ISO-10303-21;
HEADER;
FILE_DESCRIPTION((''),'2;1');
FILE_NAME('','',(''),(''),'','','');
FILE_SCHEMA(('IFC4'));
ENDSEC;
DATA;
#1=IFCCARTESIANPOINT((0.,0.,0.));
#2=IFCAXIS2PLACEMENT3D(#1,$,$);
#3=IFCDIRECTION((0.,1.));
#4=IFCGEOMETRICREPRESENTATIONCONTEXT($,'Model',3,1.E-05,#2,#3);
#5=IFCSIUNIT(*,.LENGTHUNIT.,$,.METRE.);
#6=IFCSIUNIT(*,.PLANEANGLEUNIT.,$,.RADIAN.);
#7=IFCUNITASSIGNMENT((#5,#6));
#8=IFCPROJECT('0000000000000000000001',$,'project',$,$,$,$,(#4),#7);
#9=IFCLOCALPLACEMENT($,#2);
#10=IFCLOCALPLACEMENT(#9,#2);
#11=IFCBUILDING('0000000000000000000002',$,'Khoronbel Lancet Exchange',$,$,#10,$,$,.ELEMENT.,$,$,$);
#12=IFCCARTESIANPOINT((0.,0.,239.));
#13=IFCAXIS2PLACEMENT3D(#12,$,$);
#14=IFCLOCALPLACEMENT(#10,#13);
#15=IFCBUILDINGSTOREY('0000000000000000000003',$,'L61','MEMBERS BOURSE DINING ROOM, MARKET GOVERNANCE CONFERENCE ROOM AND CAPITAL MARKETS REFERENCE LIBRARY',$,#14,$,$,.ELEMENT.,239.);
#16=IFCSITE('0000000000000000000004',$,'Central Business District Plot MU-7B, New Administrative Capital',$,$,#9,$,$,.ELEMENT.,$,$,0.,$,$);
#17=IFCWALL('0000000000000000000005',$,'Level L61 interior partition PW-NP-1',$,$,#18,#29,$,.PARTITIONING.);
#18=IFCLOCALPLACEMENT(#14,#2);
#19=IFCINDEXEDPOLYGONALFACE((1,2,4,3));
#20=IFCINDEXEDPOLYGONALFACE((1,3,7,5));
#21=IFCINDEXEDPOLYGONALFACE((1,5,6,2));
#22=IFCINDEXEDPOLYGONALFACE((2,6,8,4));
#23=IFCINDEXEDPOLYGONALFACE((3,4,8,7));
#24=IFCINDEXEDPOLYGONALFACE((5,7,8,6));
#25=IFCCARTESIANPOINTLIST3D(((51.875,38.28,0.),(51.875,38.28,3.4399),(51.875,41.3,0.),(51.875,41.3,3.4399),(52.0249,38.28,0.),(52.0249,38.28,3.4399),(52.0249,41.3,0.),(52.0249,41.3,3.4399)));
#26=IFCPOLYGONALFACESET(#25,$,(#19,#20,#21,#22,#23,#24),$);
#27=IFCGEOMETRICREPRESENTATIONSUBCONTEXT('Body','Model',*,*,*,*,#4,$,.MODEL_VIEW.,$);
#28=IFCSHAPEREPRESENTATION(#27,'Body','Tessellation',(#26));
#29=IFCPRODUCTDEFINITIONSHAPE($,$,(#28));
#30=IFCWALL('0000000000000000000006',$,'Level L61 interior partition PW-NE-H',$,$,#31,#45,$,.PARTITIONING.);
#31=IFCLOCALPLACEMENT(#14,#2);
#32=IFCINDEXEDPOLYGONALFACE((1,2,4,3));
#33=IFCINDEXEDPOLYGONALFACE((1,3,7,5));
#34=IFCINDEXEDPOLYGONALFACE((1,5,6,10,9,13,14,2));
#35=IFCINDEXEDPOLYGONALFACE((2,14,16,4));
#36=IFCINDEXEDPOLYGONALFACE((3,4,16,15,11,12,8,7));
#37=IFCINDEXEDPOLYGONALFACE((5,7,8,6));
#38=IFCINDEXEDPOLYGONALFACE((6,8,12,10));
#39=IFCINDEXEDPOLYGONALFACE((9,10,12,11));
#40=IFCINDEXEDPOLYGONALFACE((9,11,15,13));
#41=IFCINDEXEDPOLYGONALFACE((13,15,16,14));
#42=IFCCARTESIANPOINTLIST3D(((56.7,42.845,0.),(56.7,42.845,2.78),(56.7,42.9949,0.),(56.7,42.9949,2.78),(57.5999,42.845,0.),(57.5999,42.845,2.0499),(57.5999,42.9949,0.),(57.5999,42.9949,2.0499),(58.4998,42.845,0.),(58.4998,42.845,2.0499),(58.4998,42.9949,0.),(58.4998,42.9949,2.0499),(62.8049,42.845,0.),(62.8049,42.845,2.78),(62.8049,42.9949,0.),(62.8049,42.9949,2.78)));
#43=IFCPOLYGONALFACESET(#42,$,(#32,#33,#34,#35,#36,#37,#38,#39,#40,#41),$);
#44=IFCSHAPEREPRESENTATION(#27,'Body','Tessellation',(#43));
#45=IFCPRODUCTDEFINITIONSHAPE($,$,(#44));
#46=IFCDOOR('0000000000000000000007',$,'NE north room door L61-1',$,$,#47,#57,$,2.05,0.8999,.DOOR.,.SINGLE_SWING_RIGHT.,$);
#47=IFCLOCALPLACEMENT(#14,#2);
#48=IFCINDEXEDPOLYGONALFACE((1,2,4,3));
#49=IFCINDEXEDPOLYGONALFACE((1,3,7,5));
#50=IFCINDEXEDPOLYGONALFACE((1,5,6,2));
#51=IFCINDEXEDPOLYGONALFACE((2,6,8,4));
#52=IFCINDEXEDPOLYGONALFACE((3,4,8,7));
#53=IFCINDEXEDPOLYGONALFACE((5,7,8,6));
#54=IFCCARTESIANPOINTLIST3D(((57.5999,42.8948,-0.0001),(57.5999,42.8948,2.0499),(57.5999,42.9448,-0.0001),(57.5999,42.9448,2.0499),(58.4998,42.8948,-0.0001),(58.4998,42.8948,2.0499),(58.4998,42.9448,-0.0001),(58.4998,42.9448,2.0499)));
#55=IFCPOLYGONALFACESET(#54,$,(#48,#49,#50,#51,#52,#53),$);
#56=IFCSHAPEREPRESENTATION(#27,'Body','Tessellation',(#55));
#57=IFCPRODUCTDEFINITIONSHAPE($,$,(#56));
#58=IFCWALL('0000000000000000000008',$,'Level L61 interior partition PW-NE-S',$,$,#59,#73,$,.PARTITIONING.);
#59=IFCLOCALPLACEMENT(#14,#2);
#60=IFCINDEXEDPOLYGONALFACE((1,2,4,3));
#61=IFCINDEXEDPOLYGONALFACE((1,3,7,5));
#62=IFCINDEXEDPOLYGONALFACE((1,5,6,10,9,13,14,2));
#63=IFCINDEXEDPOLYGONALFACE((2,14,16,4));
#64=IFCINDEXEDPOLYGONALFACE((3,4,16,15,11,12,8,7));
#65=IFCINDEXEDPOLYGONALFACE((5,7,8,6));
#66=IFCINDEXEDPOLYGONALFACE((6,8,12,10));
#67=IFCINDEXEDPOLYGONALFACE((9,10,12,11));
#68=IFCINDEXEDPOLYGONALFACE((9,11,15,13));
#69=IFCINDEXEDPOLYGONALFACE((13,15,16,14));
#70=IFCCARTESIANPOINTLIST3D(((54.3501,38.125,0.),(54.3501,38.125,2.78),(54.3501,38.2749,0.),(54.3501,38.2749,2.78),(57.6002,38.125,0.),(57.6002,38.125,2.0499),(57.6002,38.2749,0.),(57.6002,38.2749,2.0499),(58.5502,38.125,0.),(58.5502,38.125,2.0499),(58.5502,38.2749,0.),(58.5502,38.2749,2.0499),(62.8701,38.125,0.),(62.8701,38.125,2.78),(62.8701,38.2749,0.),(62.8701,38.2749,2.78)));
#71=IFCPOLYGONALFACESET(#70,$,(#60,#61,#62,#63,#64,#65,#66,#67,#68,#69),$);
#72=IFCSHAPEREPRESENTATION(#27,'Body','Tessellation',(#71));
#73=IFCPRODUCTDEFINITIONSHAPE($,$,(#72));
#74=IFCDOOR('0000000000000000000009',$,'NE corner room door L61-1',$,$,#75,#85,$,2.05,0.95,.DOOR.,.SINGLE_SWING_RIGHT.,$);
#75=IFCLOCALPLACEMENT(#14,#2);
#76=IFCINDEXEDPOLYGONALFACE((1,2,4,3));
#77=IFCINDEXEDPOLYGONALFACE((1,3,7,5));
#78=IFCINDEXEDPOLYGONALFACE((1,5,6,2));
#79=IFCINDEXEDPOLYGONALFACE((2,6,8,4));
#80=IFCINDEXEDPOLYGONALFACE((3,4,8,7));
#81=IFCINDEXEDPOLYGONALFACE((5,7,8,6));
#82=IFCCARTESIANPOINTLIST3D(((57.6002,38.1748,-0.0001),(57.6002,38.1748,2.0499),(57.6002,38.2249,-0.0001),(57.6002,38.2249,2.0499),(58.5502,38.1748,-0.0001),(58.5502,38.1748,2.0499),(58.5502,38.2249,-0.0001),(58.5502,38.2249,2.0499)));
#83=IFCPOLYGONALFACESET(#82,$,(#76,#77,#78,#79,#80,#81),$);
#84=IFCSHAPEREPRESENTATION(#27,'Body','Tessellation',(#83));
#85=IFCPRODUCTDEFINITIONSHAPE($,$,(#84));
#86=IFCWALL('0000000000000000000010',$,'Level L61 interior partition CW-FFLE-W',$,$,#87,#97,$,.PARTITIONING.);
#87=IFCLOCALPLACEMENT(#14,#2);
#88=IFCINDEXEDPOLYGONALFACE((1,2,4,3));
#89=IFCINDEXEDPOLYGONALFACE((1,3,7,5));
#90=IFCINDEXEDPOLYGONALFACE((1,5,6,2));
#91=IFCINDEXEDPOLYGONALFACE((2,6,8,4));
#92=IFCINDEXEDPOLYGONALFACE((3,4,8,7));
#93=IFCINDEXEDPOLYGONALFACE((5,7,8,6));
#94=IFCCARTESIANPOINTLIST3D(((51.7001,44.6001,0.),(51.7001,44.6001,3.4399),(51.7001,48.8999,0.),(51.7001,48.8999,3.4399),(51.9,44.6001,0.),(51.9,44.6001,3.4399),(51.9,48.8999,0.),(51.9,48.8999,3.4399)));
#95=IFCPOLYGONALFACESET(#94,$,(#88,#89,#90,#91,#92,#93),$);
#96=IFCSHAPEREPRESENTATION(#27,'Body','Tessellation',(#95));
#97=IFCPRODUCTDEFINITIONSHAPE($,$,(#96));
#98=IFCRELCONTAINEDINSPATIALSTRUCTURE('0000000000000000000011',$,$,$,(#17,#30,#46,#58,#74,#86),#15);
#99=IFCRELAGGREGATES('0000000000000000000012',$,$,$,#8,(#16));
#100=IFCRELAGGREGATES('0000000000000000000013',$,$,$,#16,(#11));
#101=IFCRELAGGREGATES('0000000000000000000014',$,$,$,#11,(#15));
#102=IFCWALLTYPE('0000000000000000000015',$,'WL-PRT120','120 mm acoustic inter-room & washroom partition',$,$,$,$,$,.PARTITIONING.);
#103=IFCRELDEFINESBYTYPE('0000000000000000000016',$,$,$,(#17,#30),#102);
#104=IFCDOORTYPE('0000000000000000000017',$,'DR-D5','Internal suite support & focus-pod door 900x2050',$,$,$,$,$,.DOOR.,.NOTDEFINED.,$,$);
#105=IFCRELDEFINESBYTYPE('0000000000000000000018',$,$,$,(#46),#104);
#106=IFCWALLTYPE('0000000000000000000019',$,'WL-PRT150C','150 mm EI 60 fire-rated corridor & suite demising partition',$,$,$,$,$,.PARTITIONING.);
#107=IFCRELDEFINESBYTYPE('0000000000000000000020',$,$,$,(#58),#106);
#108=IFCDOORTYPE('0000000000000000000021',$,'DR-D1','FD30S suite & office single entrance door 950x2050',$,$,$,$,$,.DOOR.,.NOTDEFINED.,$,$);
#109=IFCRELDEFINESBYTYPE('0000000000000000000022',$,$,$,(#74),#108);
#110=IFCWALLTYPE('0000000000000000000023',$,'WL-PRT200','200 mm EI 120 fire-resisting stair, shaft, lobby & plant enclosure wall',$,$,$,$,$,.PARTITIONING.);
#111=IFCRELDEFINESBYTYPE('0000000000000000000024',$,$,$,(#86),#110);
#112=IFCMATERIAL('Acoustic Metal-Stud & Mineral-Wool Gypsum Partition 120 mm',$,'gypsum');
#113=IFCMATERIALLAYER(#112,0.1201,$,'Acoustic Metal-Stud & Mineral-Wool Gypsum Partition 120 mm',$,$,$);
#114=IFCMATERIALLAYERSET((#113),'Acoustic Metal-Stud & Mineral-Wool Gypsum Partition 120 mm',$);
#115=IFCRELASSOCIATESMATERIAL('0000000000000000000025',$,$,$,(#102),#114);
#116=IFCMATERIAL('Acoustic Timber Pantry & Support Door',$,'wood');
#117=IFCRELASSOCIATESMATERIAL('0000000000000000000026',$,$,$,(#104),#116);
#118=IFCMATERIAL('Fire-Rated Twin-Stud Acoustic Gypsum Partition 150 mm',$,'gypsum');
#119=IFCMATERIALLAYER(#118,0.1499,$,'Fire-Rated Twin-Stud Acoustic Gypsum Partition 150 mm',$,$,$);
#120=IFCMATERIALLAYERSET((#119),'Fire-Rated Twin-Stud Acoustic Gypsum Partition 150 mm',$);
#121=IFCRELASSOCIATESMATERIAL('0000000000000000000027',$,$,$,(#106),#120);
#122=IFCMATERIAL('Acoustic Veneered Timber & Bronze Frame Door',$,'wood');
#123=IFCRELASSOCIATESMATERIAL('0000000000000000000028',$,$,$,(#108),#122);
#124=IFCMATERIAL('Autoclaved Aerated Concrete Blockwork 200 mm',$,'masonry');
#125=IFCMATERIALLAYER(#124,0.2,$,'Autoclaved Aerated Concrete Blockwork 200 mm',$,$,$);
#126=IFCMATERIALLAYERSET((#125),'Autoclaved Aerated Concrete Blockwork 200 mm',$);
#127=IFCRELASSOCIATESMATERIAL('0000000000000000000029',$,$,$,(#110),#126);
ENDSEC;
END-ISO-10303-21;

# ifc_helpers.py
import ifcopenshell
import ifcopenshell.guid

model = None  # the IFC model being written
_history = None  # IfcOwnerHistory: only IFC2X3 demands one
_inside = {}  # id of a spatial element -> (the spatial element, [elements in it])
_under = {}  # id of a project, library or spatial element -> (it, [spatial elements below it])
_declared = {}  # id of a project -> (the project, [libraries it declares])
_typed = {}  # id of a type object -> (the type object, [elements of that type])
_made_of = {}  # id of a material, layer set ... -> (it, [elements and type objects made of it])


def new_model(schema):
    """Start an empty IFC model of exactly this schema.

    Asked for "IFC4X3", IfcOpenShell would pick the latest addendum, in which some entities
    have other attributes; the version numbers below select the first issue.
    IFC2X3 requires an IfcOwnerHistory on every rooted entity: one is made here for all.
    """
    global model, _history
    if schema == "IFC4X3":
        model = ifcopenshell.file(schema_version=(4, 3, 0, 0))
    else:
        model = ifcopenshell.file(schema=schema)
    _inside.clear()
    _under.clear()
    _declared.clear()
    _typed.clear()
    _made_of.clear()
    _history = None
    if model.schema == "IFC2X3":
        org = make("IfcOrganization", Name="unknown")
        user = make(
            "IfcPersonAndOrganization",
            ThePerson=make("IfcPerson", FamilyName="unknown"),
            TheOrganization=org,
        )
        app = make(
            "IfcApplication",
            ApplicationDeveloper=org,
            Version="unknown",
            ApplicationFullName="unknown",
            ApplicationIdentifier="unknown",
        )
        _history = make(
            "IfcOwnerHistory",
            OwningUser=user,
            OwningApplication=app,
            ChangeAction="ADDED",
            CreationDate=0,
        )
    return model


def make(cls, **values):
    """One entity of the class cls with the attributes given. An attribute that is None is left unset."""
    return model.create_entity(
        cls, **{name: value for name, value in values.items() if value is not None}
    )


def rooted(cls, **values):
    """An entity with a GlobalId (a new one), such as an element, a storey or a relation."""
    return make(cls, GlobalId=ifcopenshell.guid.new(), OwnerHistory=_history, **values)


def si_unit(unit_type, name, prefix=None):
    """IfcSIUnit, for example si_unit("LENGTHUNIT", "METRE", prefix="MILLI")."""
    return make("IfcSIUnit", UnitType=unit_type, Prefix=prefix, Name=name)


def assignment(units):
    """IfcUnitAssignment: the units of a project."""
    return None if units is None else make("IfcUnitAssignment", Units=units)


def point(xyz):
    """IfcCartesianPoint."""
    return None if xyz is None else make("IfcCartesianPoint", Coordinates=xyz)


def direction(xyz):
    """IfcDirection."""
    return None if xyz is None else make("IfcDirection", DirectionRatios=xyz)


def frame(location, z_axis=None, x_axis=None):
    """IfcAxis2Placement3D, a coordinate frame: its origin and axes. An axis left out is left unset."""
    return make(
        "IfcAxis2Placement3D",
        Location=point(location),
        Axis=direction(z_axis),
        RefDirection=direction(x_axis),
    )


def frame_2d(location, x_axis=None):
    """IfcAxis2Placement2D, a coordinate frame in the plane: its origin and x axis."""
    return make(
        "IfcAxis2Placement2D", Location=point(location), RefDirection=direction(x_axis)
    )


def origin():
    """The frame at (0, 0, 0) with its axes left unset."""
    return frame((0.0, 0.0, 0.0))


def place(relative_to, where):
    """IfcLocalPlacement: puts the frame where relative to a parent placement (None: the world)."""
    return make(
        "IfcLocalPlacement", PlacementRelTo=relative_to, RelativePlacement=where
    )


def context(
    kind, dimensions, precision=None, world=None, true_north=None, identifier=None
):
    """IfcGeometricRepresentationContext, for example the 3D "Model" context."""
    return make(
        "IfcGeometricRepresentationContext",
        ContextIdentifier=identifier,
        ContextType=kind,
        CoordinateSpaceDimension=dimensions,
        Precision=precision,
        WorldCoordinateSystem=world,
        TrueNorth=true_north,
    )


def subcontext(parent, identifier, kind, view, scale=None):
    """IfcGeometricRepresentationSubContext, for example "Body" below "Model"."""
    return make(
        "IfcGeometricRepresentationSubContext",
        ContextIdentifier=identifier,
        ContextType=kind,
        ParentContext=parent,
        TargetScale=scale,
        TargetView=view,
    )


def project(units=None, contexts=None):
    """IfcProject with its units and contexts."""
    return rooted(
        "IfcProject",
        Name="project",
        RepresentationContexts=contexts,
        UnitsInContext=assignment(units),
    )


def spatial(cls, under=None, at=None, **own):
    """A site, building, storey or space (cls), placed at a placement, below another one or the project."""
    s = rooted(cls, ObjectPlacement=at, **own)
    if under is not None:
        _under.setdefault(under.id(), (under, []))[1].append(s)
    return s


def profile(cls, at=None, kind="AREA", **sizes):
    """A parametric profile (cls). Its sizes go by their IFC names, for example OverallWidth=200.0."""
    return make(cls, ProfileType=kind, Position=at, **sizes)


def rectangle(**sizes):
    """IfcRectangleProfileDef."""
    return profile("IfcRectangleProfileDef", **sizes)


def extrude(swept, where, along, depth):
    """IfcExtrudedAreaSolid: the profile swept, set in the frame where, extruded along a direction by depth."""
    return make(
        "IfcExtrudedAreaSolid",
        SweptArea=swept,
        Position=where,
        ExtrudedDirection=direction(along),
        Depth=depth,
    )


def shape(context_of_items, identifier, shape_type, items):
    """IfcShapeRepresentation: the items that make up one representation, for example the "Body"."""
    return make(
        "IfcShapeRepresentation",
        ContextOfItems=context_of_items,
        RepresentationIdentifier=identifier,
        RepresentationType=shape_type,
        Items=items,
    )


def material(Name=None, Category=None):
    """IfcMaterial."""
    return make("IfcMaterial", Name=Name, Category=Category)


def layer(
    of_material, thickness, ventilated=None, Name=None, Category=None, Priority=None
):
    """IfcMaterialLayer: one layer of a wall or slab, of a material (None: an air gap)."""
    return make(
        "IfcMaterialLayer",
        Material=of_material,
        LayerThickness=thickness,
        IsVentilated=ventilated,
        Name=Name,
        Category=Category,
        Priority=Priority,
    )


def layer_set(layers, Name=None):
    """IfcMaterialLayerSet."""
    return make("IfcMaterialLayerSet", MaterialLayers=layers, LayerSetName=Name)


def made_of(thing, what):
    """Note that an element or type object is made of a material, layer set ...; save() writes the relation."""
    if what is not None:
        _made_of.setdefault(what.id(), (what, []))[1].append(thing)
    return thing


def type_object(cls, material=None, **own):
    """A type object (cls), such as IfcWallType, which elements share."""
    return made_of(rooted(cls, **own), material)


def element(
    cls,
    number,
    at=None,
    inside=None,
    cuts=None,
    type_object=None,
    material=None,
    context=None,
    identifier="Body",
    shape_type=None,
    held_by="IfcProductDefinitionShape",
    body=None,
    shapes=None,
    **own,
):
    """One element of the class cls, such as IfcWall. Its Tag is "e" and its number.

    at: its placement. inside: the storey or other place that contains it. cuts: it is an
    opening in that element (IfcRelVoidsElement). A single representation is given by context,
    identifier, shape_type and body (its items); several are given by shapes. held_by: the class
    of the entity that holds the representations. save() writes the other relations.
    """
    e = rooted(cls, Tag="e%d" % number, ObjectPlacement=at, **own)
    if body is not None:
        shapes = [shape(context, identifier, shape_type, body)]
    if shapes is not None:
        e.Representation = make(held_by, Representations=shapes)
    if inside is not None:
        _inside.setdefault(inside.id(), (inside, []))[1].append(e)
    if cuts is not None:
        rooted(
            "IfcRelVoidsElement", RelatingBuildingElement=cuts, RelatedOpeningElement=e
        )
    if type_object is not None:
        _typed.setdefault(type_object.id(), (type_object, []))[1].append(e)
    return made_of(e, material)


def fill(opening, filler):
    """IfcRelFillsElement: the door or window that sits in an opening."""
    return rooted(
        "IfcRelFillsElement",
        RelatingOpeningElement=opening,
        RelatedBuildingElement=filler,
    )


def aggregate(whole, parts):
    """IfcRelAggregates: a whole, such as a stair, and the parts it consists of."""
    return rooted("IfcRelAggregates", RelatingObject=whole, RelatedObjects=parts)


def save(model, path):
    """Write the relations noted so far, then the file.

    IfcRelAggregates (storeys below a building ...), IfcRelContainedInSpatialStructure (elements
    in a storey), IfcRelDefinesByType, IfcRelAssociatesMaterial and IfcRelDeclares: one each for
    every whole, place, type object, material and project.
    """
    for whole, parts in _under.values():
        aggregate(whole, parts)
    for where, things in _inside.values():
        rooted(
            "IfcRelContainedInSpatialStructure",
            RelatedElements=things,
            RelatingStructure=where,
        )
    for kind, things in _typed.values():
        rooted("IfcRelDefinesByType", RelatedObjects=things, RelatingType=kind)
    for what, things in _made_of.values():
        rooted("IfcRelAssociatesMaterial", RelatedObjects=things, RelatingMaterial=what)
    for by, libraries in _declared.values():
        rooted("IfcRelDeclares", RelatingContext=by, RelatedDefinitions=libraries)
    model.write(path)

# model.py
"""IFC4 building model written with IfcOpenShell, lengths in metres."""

from ifc_helpers import new_model, si_unit, direction, frame, frame_2d, origin, place, context, subcontext, project, spatial, rectangle, extrude, material, layer, layer_set, type_object, element, fill, save


model = new_model("IFC4")

# Units and contexts
model_context = context("Model", 3, precision=1e-05, world=origin(), true_north=direction((0.0, 1.0)))
body_context = subcontext(model_context, "Body", "Model", "MODEL_VIEW")
ifc_project = project(units=[si_unit("LENGTHUNIT", "METRE"), si_unit("PLANEANGLEUNIT", "RADIAN")], contexts=[model_context])

# Site, building, storey
site_placement = place(None, origin())
site = spatial("IfcSite", under=ifc_project, at=site_placement, Name="Central Business District Plot MU-7B, New Administrative Capital", CompositionType="ELEMENT", RefElevation=0.0)
building_placement = place(site_placement, origin())
building = spatial("IfcBuilding", under=site, at=building_placement, Name="Khoronbel Lancet Exchange", CompositionType="ELEMENT")
storey_placement = place(building_placement, frame((0.0, 0.0, 239.0)))
storey = spatial("IfcBuildingStorey", under=building, at=storey_placement, Name="L61", Description="MEMBERS BOURSE DINING ROOM, MARKET GOVERNANCE CONFERENCE ROOM AND CAPITAL MARKETS REFERENCE LIBRARY", CompositionType="ELEMENT", Elevation=239.0)

# Wall
ifc_material_1 = material(Name="Acoustic Metal-Stud & Mineral-Wool Gypsum Partition 120 mm", Category="gypsum")
ifc_layer_1 = layer(ifc_material_1, 0.1201, Name="Acoustic Metal-Stud & Mineral-Wool Gypsum Partition 120 mm")
ifc_layer_set_1 = layer_set([ifc_layer_1], Name="Acoustic Metal-Stud & Mineral-Wool Gypsum Partition 120 mm")
wall_type_1 = type_object("IfcWallType", Name="WL-PRT120", Description="120 mm acoustic inter-room & washroom partition", PredefinedType="PARTITIONING", material=ifc_layer_set_1)
wall_1_placement = place(storey_placement, frame((51.95, 38.28, 0.0), z_axis=(0.0, 0.0, 1.0), x_axis=(0.0, 1.0, 0.0)))
element("IfcWall", 1, at=wall_1_placement, inside=storey, type_object=wall_type_1, Name="Level L61 interior partition PW-NP-1", PredefinedType="PARTITIONING", context=body_context, shape_type="SweptSolid", body=[
    extrude(rectangle(XDim=3.02, YDim=0.1499, at=frame_2d((1.51, 0.0))), origin(), (0.0, 0.0, 1.0), 3.4399),
])

# Walls, openings, doors
wall_2_placement = place(storey_placement, frame((56.7, 42.9199, 0.0), z_axis=(0.0, 0.0, 1.0), x_axis=(1.0, 0.0, 0.0)))
wall_2 = element("IfcWall", 2, at=wall_2_placement, inside=storey, type_object=wall_type_1, Name="Level L61 interior partition PW-NE-H", PredefinedType="PARTITIONING", context=body_context, shape_type="SweptSolid", body=[
    extrude(rectangle(XDim=6.105, YDim=0.1499, at=frame_2d((3.0525, 0.0))), origin(), (0.0, 0.0, 1.0), 2.78),
])
opening_1_placement = place(wall_2_placement, frame((0.8999, 0.0, 0.0)))
opening_1 = element("IfcOpeningElement", 3, at=opening_1_placement, cuts=wall_2, PredefinedType="OPENING", context=body_context, shape_type="SweptSolid", body=[
    extrude(rectangle(XDim=0.8999, YDim=2.05, at=frame_2d((0.45, 1.0249))), frame((0.0, 0.085, 0.0), z_axis=(0.0, -1.0, 0.0), x_axis=(1.0, 0.0, 0.0)), (0.0, 0.0, 1.0), 0.1699),
])
ifc_material_2 = material(Name="Acoustic Timber Pantry & Support Door", Category="wood")
door_type_1 = type_object("IfcDoorType", Name="DR-D5", Description="Internal suite support & focus-pod door 900x2050", OperationType="NOTDEFINED", PredefinedType="DOOR", material=ifc_material_2)
door_1_placement = place(opening_1_placement, origin())
door_1 = element("IfcDoor", 4, at=door_1_placement, inside=storey, type_object=door_type_1, Name="NE north room door L61-1", OperationType="SINGLE_SWING_RIGHT", OverallHeight=2.05, OverallWidth=0.8999, PredefinedType="DOOR", context=body_context, shape_type="SweptSolid", body=[
    extrude(rectangle(XDim=0.8999, YDim=2.05, at=frame_2d((0.45, 1.0249))), frame((0.0, 0.0249, 0.0), z_axis=(0.0, -1.0, 0.0), x_axis=(1.0, 0.0, 0.0)), (0.0, 0.0, 1.0), 0.05),
])
fill(opening_1, door_1)
ifc_material_3 = material(Name="Fire-Rated Twin-Stud Acoustic Gypsum Partition 150 mm", Category="gypsum")
ifc_layer_2 = layer(ifc_material_3, 0.1499, Name="Fire-Rated Twin-Stud Acoustic Gypsum Partition 150 mm")
ifc_layer_set_2 = layer_set([ifc_layer_2], Name="Fire-Rated Twin-Stud Acoustic Gypsum Partition 150 mm")
wall_type_2 = type_object("IfcWallType", Name="WL-PRT150C", Description="150 mm EI 60 fire-rated corridor & suite demising partition", PredefinedType="PARTITIONING", material=ifc_layer_set_2)
wall_3_placement = place(storey_placement, frame((54.3501, 38.2, 0.0), z_axis=(0.0, 0.0, 1.0), x_axis=(1.0, 0.0, 0.0)))
wall_3 = element("IfcWall", 5, at=wall_3_placement, inside=storey, type_object=wall_type_2, Name="Level L61 interior partition PW-NE-S", PredefinedType="PARTITIONING", context=body_context, shape_type="SweptSolid", body=[
    extrude(rectangle(XDim=8.52, YDim=0.1499, at=frame_2d((4.26, 0.0))), origin(), (0.0, 0.0, 1.0), 2.78),
])
opening_2_placement = place(wall_3_placement, frame((3.25, 0.0, 0.0)))
opening_2 = element("IfcOpeningElement", 6, at=opening_2_placement, cuts=wall_3, PredefinedType="OPENING", context=body_context, shape_type="SweptSolid", body=[
    extrude(rectangle(XDim=0.95, YDim=2.05, at=frame_2d((0.4751, 1.0249))), frame((0.0, 0.085, 0.0), z_axis=(0.0, -1.0, 0.0), x_axis=(1.0, 0.0, 0.0)), (0.0, 0.0, 1.0), 0.1699),
])
ifc_material_4 = material(Name="Acoustic Veneered Timber & Bronze Frame Door", Category="wood")
door_type_2 = type_object("IfcDoorType", Name="DR-D1", Description="FD30S suite & office single entrance door 950x2050", OperationType="NOTDEFINED", PredefinedType="DOOR", material=ifc_material_4)
door_2_placement = place(opening_2_placement, origin())
door_2 = element("IfcDoor", 7, at=door_2_placement, inside=storey, type_object=door_type_2, Name="NE corner room door L61-1", OperationType="SINGLE_SWING_RIGHT", OverallHeight=2.05, OverallWidth=0.95, PredefinedType="DOOR", context=body_context, shape_type="SweptSolid", body=[
    extrude(rectangle(XDim=0.95, YDim=2.05, at=frame_2d((0.4751, 1.0249))), frame((0.0, 0.0249, 0.0), z_axis=(0.0, -1.0, 0.0), x_axis=(1.0, 0.0, 0.0)), (0.0, 0.0, 1.0), 0.05),
])
fill(opening_2, door_2)

# Wall
ifc_material_5 = material(Name="Autoclaved Aerated Concrete Blockwork 200 mm", Category="masonry")
ifc_layer_3 = layer(ifc_material_5, 0.2, Name="Autoclaved Aerated Concrete Blockwork 200 mm")
ifc_layer_set_3 = layer_set([ifc_layer_3], Name="Autoclaved Aerated Concrete Blockwork 200 mm")
wall_type_3 = type_object("IfcWallType", Name="WL-PRT200", Description="200 mm EI 120 fire-resisting stair, shaft, lobby & plant enclosure wall", PredefinedType="PARTITIONING", material=ifc_layer_set_3)
wall_4_placement = place(storey_placement, frame((51.8, 44.6001, 0.0), z_axis=(0.0, 0.0, 1.0), x_axis=(0.0, 1.0, 0.0)))
element("IfcWall", 8, at=wall_4_placement, inside=storey, type_object=wall_type_3, Name="Level L61 interior partition CW-FFLE-W", PredefinedType="PARTITIONING", context=body_context, shape_type="SweptSolid", body=[
    extrude(rectangle(XDim=4.2998, YDim=0.2, at=frame_2d((2.1499, 0.0))), origin(), (0.0, 0.0, 1.0), 3.4399),
])

save(model, "model.ifc")
